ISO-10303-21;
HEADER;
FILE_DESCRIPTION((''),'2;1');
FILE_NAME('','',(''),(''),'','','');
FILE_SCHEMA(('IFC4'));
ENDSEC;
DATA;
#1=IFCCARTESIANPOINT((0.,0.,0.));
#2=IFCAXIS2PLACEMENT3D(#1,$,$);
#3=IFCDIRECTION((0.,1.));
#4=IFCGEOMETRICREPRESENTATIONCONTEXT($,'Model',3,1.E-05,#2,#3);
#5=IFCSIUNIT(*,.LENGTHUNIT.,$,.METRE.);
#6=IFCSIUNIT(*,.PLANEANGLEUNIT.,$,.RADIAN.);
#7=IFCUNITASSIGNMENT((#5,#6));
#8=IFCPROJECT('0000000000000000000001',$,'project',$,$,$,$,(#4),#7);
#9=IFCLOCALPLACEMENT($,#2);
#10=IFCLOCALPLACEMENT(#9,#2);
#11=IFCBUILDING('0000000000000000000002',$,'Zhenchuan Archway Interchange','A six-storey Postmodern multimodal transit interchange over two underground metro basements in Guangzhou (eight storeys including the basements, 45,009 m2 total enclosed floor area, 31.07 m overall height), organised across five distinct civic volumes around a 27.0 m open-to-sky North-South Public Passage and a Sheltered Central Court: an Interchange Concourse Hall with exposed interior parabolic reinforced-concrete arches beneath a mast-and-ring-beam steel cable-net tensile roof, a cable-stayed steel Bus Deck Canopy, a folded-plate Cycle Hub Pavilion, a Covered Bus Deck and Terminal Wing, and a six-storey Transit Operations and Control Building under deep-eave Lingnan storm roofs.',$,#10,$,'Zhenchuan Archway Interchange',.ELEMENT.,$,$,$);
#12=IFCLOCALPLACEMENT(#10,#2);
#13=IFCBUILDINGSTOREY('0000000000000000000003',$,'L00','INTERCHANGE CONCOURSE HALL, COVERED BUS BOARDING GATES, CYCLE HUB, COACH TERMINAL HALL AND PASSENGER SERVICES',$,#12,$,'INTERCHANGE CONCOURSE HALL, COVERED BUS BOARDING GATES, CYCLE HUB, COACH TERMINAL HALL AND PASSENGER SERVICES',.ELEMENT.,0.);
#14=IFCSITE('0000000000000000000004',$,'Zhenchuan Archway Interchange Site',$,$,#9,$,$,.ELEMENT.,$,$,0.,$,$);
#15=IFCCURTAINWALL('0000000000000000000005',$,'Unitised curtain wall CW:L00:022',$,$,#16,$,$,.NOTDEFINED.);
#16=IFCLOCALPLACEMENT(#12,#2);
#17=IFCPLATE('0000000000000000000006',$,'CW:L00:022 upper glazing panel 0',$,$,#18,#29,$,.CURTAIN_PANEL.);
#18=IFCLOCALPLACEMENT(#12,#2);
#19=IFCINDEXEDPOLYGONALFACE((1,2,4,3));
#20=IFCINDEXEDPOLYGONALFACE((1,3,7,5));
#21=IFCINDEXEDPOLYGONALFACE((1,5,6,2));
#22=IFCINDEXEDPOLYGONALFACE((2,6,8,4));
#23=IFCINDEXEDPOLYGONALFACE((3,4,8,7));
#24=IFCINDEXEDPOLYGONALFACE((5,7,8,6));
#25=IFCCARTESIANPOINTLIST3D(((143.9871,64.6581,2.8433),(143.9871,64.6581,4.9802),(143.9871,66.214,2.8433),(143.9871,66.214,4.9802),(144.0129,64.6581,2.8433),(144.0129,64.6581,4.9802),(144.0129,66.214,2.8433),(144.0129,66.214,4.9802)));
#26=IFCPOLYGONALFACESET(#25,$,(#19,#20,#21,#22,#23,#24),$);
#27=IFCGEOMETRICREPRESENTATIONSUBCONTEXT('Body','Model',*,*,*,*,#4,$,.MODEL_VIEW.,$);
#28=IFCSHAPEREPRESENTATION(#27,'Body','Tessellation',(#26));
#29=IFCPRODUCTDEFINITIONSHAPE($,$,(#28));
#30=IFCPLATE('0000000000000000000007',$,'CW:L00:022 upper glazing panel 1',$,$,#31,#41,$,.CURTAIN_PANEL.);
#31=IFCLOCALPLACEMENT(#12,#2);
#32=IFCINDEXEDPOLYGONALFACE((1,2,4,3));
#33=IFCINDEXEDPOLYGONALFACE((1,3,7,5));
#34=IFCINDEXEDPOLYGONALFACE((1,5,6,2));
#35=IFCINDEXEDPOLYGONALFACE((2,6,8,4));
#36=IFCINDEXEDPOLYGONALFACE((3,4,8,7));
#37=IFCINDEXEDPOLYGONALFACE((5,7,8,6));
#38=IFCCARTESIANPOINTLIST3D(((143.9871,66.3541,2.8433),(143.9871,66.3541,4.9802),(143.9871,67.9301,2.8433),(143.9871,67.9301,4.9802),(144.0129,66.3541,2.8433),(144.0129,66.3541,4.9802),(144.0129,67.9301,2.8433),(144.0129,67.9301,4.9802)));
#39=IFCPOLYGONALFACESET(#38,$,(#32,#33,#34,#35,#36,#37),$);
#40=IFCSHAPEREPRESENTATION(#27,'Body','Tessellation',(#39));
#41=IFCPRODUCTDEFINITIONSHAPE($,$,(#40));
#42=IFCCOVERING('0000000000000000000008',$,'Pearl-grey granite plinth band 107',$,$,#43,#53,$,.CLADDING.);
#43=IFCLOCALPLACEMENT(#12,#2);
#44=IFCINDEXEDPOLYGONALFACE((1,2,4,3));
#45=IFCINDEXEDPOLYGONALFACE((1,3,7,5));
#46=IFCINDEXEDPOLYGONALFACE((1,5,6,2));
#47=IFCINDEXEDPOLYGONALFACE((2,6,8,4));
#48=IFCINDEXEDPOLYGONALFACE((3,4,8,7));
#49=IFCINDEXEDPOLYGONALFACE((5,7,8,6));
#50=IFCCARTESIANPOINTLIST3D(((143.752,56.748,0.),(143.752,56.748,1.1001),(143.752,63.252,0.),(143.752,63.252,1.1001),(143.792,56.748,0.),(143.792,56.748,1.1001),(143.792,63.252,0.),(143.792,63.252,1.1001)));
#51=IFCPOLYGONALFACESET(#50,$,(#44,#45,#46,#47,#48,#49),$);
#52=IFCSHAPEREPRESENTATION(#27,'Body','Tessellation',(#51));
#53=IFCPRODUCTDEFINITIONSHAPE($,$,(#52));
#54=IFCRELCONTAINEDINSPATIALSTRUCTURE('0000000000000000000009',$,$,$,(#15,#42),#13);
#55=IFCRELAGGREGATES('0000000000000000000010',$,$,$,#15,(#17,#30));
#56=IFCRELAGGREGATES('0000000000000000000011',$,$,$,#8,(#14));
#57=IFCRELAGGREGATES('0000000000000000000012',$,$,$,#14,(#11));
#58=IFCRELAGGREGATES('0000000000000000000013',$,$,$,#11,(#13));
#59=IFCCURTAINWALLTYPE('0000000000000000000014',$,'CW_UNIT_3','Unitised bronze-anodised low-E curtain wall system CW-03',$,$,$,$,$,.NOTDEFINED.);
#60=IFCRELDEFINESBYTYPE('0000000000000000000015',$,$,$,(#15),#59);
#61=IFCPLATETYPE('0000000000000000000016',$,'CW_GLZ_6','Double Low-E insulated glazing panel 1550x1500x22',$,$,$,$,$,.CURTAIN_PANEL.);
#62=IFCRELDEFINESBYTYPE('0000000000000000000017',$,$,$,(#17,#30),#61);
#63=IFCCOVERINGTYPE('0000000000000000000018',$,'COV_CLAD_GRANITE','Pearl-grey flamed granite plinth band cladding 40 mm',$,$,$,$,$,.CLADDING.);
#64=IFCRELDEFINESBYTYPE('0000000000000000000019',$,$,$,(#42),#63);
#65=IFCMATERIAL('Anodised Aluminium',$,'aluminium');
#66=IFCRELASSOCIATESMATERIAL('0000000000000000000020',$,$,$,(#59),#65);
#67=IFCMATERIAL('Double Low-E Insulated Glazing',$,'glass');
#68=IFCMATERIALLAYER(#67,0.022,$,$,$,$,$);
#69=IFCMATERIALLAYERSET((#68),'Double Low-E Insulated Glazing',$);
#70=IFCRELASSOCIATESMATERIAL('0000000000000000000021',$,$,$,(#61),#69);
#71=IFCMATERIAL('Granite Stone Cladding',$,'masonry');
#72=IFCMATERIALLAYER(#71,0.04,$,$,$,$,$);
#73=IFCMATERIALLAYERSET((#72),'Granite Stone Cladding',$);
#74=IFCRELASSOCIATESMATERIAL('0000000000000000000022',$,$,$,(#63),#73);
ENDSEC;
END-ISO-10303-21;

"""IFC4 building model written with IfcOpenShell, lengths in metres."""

from ifc_helpers import new_model, si_unit, direction, frame, origin, origin_2d, place, context, subcontext, project, spatial, rectangle, extrude, material, layer, layer_set, type_object, element, aggregate, save


model = new_model("IFC4")

# Units and contexts
model_context = context("Model", 3, precision=1e-05, world=origin(), true_north=direction((0.0, 1.0)))
body_context = subcontext(model_context, "Body", "Model", "MODEL_VIEW")
ifc_project = project(units=[si_unit("LENGTHUNIT", "METRE"), si_unit("PLANEANGLEUNIT", "RADIAN")], contexts=[model_context])

# Site, building, storey
site_placement = place(None, origin())
site = spatial("IfcSite", under=ifc_project, at=site_placement, Name="Zhenchuan Archway Interchange Site", CompositionType="ELEMENT", RefElevation=0.0)
building_placement = place(site_placement, origin())
building = spatial("IfcBuilding", under=site, at=building_placement, Name="Zhenchuan Archway Interchange", Description="A six-storey Postmodern multimodal transit interchange over two underground metro basements in Guangzhou (eight storeys including the basements, 45,009 m2 total enclosed floor area, 31.07 m overall height), organised across five distinct civic volumes around a 27.0 m open-to-sky North-South Public Passage and a Sheltered Central Court: an Interchange Concourse Hall with exposed interior parabolic reinforced-concrete arches beneath a mast-and-ring-beam steel cable-net tensile roof, a cable-stayed steel Bus Deck Canopy, a folded-plate Cycle Hub Pavilion, a Covered Bus Deck and Terminal Wing, and a six-storey Transit Operations and Control Building under deep-eave Lingnan storm roofs.", LongName="Zhenchuan Archway Interchange", CompositionType="ELEMENT")
storey_placement = place(building_placement, origin())
storey = spatial("IfcBuildingStorey", under=building, at=storey_placement, Name="L00", Description="INTERCHANGE CONCOURSE HALL, COVERED BUS BOARDING GATES, CYCLE HUB, COACH TERMINAL HALL AND PASSENGER SERVICES", LongName="INTERCHANGE CONCOURSE HALL, COVERED BUS BOARDING GATES, CYCLE HUB, COACH TERMINAL HALL AND PASSENGER SERVICES", CompositionType="ELEMENT", Elevation=0.0)

# Curtain wall
ifc_material_1 = material(Name="Anodised Aluminium", Category="aluminium")
curtain_wall_type = type_object("IfcCurtainWallType", Name="CW_UNIT_3", Description="Unitised bronze-anodised low-E curtain wall system CW-03", PredefinedType="NOTDEFINED", material=ifc_material_1)
curtain_wall_placement = place(storey_placement, origin())
curtain_wall = element("IfcCurtainWall", 1, at=curtain_wall_placement, inside=storey, type_object=curtain_wall_type, Name="Unitised curtain wall CW:L00:022", PredefinedType="NOTDEFINED")

# Plates
ifc_material_2 = material(Name="Double Low-E Insulated Glazing", Category="glass")
ifc_layer_1 = layer(ifc_material_2, 0.022)
ifc_layer_set_1 = layer_set([ifc_layer_1], Name="Double Low-E Insulated Glazing")
plate_type_1 = type_object("IfcPlateType", Name="CW_GLZ_6", Description="Double Low-E insulated glazing panel 1550x1500x22", PredefinedType="CURTAIN_PANEL", material=ifc_layer_set_1)
plate_1_placement = place(storey_placement, frame((144.0, 65.436, 2.8433), z_axis=(0.0, 0.0, 1.0), x_axis=(0.0, 1.0, 0.0)))
plate_1 = element("IfcPlate", 2, at=plate_1_placement, type_object=plate_type_1, Name="CW:L00:022 upper glazing panel 0", PredefinedType="CURTAIN_PANEL", context=body_context, shape_type="SweptSolid", body=[
    extrude(rectangle(XDim=1.5559, YDim=0.0259, at=origin_2d()), origin(), (0.0, 0.0, 1.0), 2.137),
])
plate_2_placement = place(storey_placement, frame((144.0, 67.1421, 2.8433), z_axis=(0.0, 0.0, 1.0), x_axis=(0.0, 1.0, 0.0)))
plate_2 = element("IfcPlate", 3, at=plate_2_placement, type_object=plate_type_1, Name="CW:L00:022 upper glazing panel 1", PredefinedType="CURTAIN_PANEL", context=body_context, shape_type="SweptSolid", body=[
    extrude(rectangle(XDim=1.5759, YDim=0.0259, at=origin_2d()), origin(), (0.0, 0.0, 1.0), 2.137),
])
aggregate(curtain_wall, [plate_1, plate_2])

# Covering
ifc_material_3 = material(Name="Granite Stone Cladding", Category="masonry")
ifc_layer_2 = layer(ifc_material_3, 0.04)
ifc_layer_set_2 = layer_set([ifc_layer_2], Name="Granite Stone Cladding")
covering_type = type_object("IfcCoveringType", Name="COV_CLAD_GRANITE", Description="Pearl-grey flamed granite plinth band cladding 40 mm", PredefinedType="CLADDING", material=ifc_layer_set_2)
covering_placement = place(storey_placement, frame((143.772, 60.0, 0.0), z_axis=(0.0, 0.0, 1.0), x_axis=(0.0, 1.0, 0.0)))
element("IfcCovering", 4, at=covering_placement, inside=storey, type_object=covering_type, Name="Pearl-grey granite plinth band 107", PredefinedType="CLADDING", context=body_context, shape_type="SweptSolid", body=[
    extrude(rectangle(XDim=6.5039, YDim=0.04, at=origin_2d()), origin(), (0.0, 0.0, 1.0), 1.1001),
])

save(model, "model.ifc")
